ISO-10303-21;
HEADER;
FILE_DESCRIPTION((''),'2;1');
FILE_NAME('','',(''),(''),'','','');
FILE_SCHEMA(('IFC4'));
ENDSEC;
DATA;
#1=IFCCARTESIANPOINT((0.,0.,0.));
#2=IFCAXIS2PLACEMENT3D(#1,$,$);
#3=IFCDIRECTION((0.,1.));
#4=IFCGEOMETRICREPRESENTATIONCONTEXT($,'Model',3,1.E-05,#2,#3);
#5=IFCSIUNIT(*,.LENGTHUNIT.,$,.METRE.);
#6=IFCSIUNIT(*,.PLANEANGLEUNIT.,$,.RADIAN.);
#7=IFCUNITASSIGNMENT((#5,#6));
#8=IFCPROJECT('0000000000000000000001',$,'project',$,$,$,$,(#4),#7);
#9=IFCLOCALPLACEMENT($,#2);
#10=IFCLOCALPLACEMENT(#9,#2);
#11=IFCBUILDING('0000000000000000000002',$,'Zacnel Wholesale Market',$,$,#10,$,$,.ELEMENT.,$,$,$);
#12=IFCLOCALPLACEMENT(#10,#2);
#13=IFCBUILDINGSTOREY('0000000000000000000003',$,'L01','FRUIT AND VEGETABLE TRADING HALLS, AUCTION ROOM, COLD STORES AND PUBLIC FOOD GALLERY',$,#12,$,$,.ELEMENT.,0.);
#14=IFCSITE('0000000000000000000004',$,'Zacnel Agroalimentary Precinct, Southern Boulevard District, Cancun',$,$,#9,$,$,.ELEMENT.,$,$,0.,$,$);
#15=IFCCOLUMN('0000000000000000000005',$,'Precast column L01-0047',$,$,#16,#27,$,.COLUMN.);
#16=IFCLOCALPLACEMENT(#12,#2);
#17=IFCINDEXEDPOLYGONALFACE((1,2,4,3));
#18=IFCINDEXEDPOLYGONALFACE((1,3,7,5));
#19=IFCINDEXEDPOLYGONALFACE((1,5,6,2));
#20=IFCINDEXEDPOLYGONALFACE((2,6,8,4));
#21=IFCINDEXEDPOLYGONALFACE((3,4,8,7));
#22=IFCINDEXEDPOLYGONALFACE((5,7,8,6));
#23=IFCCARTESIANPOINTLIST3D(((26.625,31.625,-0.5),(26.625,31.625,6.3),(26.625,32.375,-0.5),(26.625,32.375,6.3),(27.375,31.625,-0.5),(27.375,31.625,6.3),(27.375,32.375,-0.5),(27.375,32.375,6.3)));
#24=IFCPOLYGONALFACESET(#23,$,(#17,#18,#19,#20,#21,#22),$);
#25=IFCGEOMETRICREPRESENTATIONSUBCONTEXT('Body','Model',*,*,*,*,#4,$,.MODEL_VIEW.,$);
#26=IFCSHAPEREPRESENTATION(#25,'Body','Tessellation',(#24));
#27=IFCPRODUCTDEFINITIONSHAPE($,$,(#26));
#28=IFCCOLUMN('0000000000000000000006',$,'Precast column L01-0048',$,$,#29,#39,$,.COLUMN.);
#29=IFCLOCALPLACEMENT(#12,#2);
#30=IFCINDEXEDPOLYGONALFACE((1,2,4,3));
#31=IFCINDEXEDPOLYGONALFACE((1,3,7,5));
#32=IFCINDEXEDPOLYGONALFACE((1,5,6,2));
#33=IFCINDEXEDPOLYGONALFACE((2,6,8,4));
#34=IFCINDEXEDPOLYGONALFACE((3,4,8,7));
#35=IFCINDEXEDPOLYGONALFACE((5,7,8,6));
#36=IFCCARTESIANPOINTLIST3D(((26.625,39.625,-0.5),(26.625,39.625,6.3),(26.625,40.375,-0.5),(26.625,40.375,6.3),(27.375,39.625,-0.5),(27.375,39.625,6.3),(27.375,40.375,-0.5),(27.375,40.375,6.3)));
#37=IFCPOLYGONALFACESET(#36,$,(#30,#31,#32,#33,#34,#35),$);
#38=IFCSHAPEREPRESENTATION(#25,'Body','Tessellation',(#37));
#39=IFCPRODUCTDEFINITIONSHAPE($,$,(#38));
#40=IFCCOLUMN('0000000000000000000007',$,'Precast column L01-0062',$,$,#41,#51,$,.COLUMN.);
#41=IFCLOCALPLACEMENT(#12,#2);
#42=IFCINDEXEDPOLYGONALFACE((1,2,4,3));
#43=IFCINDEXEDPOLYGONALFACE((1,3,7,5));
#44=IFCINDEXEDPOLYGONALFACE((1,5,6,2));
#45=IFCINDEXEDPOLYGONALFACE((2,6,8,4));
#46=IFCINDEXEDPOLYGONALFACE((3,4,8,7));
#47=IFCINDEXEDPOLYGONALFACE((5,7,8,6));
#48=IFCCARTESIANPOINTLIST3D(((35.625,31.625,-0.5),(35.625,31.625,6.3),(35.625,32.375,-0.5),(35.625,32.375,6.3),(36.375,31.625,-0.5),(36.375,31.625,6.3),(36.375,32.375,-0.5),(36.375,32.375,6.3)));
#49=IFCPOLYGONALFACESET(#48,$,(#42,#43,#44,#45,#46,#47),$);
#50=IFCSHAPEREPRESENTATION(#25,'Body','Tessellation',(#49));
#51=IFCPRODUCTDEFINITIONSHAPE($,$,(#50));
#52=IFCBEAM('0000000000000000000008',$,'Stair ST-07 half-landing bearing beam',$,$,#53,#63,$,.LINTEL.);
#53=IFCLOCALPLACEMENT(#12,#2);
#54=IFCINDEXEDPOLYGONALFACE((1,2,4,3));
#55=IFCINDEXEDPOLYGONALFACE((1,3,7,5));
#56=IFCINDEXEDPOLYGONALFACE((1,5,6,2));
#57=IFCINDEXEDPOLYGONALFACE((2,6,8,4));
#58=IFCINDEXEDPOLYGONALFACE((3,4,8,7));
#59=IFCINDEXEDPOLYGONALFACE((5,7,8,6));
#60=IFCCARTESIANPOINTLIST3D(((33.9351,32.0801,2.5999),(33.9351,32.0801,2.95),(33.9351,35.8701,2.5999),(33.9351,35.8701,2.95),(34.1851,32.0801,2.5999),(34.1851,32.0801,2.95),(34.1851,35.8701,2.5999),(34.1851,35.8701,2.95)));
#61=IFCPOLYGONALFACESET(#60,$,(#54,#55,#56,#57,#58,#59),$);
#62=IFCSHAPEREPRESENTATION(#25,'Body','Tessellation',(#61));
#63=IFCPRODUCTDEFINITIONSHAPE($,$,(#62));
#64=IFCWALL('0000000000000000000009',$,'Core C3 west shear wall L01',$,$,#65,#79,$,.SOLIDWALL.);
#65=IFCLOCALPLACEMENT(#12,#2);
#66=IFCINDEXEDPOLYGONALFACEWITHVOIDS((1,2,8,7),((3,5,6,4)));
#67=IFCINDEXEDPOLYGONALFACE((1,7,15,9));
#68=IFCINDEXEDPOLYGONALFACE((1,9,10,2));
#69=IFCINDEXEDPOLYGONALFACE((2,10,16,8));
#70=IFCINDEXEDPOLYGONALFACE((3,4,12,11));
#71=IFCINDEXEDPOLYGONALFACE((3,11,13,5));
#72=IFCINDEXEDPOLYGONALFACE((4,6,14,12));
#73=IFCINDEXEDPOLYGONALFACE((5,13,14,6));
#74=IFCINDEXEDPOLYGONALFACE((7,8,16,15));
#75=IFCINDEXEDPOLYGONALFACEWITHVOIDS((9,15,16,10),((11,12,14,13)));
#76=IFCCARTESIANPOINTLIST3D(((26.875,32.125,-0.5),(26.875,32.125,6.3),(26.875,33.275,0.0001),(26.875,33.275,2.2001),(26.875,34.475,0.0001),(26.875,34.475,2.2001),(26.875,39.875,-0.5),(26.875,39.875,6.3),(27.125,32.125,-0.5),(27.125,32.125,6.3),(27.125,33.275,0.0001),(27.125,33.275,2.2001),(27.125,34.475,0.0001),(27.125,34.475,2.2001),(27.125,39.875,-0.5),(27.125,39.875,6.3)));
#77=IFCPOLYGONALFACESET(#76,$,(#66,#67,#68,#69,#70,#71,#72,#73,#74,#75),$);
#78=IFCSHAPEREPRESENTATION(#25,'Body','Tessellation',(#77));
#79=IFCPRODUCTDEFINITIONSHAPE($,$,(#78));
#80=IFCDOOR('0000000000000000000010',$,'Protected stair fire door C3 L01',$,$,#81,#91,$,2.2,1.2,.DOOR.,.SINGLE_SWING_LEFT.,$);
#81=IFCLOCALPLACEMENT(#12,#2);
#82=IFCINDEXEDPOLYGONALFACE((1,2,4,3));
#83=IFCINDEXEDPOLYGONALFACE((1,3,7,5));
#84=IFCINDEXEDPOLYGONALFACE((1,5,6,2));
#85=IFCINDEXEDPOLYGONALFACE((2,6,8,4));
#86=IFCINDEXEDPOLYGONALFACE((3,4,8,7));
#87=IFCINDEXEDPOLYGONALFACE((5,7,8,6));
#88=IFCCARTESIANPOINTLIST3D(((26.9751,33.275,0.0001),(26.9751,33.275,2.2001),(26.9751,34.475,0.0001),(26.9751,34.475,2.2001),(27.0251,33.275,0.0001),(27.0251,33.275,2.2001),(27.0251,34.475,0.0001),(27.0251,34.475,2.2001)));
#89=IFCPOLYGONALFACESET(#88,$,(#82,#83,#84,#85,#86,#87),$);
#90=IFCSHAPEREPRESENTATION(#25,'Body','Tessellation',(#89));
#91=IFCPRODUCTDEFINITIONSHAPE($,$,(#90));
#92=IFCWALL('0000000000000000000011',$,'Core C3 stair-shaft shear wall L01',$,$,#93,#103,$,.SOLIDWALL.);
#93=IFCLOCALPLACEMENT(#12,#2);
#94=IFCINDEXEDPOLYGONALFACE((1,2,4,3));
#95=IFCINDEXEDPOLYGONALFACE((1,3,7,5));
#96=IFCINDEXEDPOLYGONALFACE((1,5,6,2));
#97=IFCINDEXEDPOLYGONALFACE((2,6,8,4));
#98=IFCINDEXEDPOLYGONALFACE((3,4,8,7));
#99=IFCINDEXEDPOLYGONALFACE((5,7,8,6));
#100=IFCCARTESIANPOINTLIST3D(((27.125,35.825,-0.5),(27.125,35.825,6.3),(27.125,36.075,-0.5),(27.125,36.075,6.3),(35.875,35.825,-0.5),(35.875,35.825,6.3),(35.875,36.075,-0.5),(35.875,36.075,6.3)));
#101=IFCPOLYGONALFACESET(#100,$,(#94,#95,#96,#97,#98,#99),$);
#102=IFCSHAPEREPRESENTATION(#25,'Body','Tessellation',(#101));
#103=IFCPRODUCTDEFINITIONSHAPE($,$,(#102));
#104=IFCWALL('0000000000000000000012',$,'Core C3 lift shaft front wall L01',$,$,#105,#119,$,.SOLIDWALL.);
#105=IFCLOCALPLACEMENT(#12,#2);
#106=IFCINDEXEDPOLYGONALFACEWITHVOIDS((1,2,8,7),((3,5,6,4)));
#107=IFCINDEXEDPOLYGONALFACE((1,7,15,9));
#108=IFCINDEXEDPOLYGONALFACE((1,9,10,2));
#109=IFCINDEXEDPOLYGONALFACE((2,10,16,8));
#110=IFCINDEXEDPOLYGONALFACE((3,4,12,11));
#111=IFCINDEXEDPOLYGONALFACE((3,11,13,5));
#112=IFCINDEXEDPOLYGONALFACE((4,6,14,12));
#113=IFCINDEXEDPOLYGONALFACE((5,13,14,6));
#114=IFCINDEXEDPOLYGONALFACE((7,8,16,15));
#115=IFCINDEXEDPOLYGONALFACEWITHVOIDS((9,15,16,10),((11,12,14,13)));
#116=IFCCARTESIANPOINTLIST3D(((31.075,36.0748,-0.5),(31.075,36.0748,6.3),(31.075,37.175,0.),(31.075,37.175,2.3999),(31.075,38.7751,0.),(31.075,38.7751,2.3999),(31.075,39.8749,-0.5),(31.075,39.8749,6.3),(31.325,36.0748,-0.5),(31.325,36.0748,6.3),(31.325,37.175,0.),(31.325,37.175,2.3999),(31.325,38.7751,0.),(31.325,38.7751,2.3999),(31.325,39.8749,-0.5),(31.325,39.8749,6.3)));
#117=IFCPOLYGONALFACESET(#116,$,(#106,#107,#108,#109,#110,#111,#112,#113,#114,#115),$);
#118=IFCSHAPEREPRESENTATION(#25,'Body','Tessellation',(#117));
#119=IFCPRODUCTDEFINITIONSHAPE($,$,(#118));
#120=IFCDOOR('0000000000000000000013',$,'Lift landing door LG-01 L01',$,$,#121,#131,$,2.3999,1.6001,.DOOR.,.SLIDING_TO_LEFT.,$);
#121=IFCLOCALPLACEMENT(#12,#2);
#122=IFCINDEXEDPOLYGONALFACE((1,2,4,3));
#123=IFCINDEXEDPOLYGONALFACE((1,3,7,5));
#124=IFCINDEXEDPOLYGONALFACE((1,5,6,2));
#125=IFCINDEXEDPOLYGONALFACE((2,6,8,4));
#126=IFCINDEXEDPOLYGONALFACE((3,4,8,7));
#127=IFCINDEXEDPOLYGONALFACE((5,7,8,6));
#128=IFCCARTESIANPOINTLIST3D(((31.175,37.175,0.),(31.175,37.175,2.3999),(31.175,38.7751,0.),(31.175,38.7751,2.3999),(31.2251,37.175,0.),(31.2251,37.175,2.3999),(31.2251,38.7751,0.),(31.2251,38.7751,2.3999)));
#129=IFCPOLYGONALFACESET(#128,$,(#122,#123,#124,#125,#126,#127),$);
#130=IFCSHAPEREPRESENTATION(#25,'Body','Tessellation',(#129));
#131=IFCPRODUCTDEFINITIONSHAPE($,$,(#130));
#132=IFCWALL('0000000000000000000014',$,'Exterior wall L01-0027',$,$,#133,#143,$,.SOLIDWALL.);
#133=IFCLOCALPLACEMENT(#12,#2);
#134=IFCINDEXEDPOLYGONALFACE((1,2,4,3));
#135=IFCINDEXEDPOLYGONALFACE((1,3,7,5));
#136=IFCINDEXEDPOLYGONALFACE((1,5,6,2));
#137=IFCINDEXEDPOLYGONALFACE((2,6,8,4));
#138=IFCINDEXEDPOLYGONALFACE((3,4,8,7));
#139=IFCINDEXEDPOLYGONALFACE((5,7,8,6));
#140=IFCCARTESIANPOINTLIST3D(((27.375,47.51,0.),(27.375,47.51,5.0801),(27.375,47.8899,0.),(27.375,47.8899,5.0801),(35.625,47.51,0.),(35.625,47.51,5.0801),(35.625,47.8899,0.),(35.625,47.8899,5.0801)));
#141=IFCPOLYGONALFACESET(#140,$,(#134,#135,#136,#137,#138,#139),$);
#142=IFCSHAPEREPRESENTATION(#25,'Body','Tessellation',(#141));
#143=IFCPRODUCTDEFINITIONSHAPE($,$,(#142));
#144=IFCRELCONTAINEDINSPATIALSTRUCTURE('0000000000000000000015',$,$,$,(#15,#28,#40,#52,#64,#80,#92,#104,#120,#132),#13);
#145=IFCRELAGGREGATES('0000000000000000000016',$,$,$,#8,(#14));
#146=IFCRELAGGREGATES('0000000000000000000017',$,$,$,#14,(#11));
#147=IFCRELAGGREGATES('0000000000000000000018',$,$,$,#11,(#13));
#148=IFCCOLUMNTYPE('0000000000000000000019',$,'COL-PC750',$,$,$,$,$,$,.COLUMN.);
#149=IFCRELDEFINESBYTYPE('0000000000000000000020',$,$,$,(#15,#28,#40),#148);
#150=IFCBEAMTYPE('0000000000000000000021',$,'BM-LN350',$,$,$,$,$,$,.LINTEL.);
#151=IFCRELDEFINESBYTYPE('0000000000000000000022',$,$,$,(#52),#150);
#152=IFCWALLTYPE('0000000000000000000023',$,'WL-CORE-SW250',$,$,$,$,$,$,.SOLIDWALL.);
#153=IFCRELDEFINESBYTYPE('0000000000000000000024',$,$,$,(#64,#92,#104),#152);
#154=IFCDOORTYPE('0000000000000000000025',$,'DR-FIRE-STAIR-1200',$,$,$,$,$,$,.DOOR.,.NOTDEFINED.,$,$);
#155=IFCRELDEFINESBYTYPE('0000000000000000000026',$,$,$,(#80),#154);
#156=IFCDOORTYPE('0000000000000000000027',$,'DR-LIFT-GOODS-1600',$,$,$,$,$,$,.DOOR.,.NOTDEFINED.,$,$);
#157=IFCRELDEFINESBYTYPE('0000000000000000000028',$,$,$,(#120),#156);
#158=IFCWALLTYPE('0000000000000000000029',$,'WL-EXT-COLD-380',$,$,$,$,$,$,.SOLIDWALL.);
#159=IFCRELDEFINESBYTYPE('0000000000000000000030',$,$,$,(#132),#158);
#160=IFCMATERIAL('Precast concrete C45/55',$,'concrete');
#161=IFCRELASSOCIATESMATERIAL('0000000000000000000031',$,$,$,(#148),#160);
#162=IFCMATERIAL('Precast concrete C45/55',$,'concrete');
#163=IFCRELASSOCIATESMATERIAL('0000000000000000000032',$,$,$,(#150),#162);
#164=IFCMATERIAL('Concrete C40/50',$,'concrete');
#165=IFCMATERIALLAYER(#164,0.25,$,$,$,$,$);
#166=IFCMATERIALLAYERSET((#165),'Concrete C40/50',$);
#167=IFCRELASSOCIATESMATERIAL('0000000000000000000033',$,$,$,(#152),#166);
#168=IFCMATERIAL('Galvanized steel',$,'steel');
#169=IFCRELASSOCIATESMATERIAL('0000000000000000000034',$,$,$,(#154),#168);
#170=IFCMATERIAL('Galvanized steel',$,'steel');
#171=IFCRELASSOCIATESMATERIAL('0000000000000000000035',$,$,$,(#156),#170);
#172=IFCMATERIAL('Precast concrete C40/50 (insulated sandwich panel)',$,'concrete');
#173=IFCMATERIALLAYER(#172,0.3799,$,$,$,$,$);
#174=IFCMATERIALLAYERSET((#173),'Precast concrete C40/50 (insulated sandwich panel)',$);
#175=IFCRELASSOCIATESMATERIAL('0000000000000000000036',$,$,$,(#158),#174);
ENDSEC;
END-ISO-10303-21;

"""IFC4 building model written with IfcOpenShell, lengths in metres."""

from ifc_helpers import new_model, si_unit, direction, frame, frame_2d, origin, origin_2d, place, context, subcontext, project, spatial, rectangle, extrude, material, layer, layer_set, material_profile, profile_set, type_object, element, fill, save


model = new_model("IFC4")

# Units and contexts
model_context = context("Model", 3, precision=1e-05, world=origin(), true_north=direction((0.0, 1.0)))
body_context = subcontext(model_context, "Body", "Model", "MODEL_VIEW")
ifc_project = project(units=[si_unit("LENGTHUNIT", "METRE"), si_unit("PLANEANGLEUNIT", "RADIAN")], contexts=[model_context])

# Site, building, storey
site_placement = place(None, origin())
site = spatial("IfcSite", under=ifc_project, at=site_placement, Name="Zacnel Agroalimentary Precinct, Southern Boulevard District, Cancun", CompositionType="ELEMENT", RefElevation=0.0)
building_placement = place(site_placement, origin())
building = spatial("IfcBuilding", under=site, at=building_placement, Name="Zacnel Wholesale Market", CompositionType="ELEMENT")
storey_placement = place(building_placement, origin())
storey = spatial("IfcBuildingStorey", under=building, at=storey_placement, Name="L01", Description="FRUIT AND VEGETABLE TRADING HALLS, AUCTION ROOM, COLD STORES AND PUBLIC FOOD GALLERY", CompositionType="ELEMENT", Elevation=0.0)

# Columns
ifc_material_1 = material(Name="Precast concrete C45/55", Category="concrete")
ifc_material_profile_1 = material_profile(ifc_material_1, rectangle(XDim=0.75, YDim=0.75, at=origin_2d()), Name="PC 750x750")
ifc_profile_set_1 = profile_set([ifc_material_profile_1], Name="Precast concrete C45/55")
column_type_1 = type_object("IfcColumnType", Name="COL-PC750", PredefinedType="COLUMN", material=ifc_profile_set_1)
for number, where, z_axis, x_axis, name in (
    (1, (27.0, 32.0, -0.5), (0.0, 0.0, 1.0), (1.0, 0.0, 0.0), "Precast column L01-0047"),
    (2, (27.0, 40.0, -0.5), (0.0, 0.0, 1.0), (1.0, 0.0, 0.0), "Precast column L01-0048"),
    (3, (36.0, 32.0, -0.5), (0.0, 0.0, 1.0), (1.0, 0.0, 0.0), "Precast column L01-0062"),
):
    element("IfcColumn", number, at=place(storey_placement, frame(where, z_axis=z_axis, x_axis=x_axis)), inside=storey, type_object=column_type_1, Name=name, PredefinedType="COLUMN", context=body_context, shape_type="SweptSolid", body=[
        extrude(rectangle(XDim=0.75, YDim=0.75, at=origin_2d()), origin(), (0.0, 0.0, 1.0), 6.8),
    ])

# Beam
ifc_material_2 = material(Name="Precast concrete C45/55", Category="concrete")
ifc_material_profile_2 = material_profile(ifc_material_2, rectangle(XDim=0.25, YDim=0.3501, at=origin_2d()), Name="LN 250x350")
ifc_profile_set_2 = profile_set([ifc_material_profile_2], Name="Precast concrete C45/55")
beam_type = type_object("IfcBeamType", Name="BM-LN350", PredefinedType="LINTEL", material=ifc_profile_set_2)
beam_placement = place(storey_placement, frame((34.0601, 32.0801, 2.7749), z_axis=(0.0, 1.0, 0.0), x_axis=(-1.0, 0.0, 0.0)))
element("IfcBeam", 4, at=beam_placement, inside=storey, type_object=beam_type, Name="Stair ST-07 half-landing bearing beam", PredefinedType="LINTEL", context=body_context, shape_type="SweptSolid", body=[
    extrude(rectangle(XDim=0.25, YDim=0.3501, at=origin_2d()), origin(), (0.0, 0.0, 1.0), 3.79),
])

# Wall, opening, door
ifc_material_3 = material(Name="Concrete C40/50", Category="concrete")
ifc_layer_1 = layer(ifc_material_3, 0.25)
ifc_layer_set_1 = layer_set([ifc_layer_1], Name="Concrete C40/50")
wall_type_1 = type_object("IfcWallType", Name="WL-CORE-SW250", PredefinedType="SOLIDWALL", material=ifc_layer_set_1)
wall_1_placement = place(storey_placement, frame((27.0, 32.125, -0.5), z_axis=(0.0, 0.0, 1.0), x_axis=(0.0, 1.0, 0.0)))
wall_1 = element("IfcWall", 5, at=wall_1_placement, inside=storey, type_object=wall_type_1, Name="Core C3 west shear wall L01", PredefinedType="SOLIDWALL", context=body_context, shape_type="SweptSolid", body=[
    extrude(rectangle(XDim=7.75, YDim=0.25, at=frame_2d((3.875, 0.0))), origin(), (0.0, 0.0, 1.0), 6.8),
])
opening_1_placement = place(wall_1_placement, frame((1.1499, 0.0, 0.5)))
opening_1 = element("IfcOpeningElement", 6, at=opening_1_placement, cuts=wall_1, PredefinedType="OPENING", context=body_context, shape_type="SweptSolid", body=[
    extrude(rectangle(XDim=1.2, YDim=2.2, at=frame_2d((0.6001, 1.1001))), frame((0.0, 0.135, 0.0), z_axis=(0.0, -1.0, 0.0), x_axis=(1.0, 0.0, 0.0)), (0.0, 0.0, 1.0), 0.27),
])
ifc_material_4 = material(Name="Galvanized steel", Category="steel")
door_type_1 = type_object("IfcDoorType", Name="DR-FIRE-STAIR-1200", OperationType="NOTDEFINED", PredefinedType="DOOR", material=ifc_material_4)
door_1_placement = place(opening_1_placement, origin())
door_1 = element("IfcDoor", 7, at=door_1_placement, inside=storey, type_object=door_type_1, Name="Protected stair fire door C3 L01", OperationType="SINGLE_SWING_LEFT", OverallHeight=2.2, OverallWidth=1.2, PredefinedType="DOOR", context=body_context, shape_type="SweptSolid", body=[
    extrude(rectangle(XDim=1.2, YDim=2.2, at=frame_2d((0.6001, 1.1001))), frame((0.0, 0.0249, 0.0), z_axis=(0.0, -1.0, 0.0), x_axis=(1.0, 0.0, 0.0)), (0.0, 0.0, 1.0), 0.05),
])
fill(opening_1, door_1)

# Wall
wall_2_placement = place(storey_placement, frame((27.125, 35.95, -0.5), z_axis=(0.0, 0.0, 1.0), x_axis=(1.0, 0.0, 0.0)))
element("IfcWall", 8, at=wall_2_placement, inside=storey, type_object=wall_type_1, Name="Core C3 stair-shaft shear wall L01", PredefinedType="SOLIDWALL", context=body_context, shape_type="SweptSolid", body=[
    extrude(rectangle(XDim=8.75, YDim=0.25, at=frame_2d((4.375, 0.0))), origin(), (0.0, 0.0, 1.0), 6.8),
])

# Wall, opening, door
wall_3_placement = place(storey_placement, frame((31.2, 36.075, -0.5), z_axis=(0.0, 0.0, 1.0), x_axis=(0.0, 1.0, 0.0)))
wall_3 = element("IfcWall", 9, at=wall_3_placement, inside=storey, type_object=wall_type_1, Name="Core C3 lift shaft front wall L01", PredefinedType="SOLIDWALL", context=body_context, shape_type="SweptSolid", body=[
    extrude(rectangle(XDim=3.8, YDim=0.25, at=frame_2d((1.8999, 0.0))), origin(), (0.0, 0.0, 1.0), 6.8),
])
opening_2_placement = place(wall_3_placement, frame((1.1001, 0.0, 0.5)))
opening_2 = element("IfcOpeningElement", 10, at=opening_2_placement, cuts=wall_3, PredefinedType="OPENING", context=body_context, shape_type="SweptSolid", body=[
    extrude(rectangle(XDim=1.6001, YDim=2.3999, at=frame_2d((0.8, 1.2))), frame((0.0, 0.135, 0.0), z_axis=(0.0, -1.0, 0.0), x_axis=(1.0, 0.0, 0.0)), (0.0, 0.0, 1.0), 0.27),
])
ifc_material_5 = material(Name="Galvanized steel", Category="steel")
door_type_2 = type_object("IfcDoorType", Name="DR-LIFT-GOODS-1600", OperationType="NOTDEFINED", PredefinedType="DOOR", material=ifc_material_5)
door_2_placement = place(opening_2_placement, origin())
door_2 = element("IfcDoor", 11, at=door_2_placement, inside=storey, type_object=door_type_2, Name="Lift landing door LG-01 L01", OperationType="SLIDING_TO_LEFT", OverallHeight=2.3999, OverallWidth=1.6001, PredefinedType="DOOR", context=body_context, shape_type="SweptSolid", body=[
    extrude(rectangle(XDim=1.6001, YDim=2.3999, at=frame_2d((0.8, 1.2))), frame((0.0, 0.0249, 0.0), z_axis=(0.0, -1.0, 0.0), x_axis=(1.0, 0.0, 0.0)), (0.0, 0.0, 1.0), 0.05),
])
fill(opening_2, door_2)

# Wall
ifc_material_6 = material(Name="Precast concrete C40/50 (insulated sandwich panel)", Category="concrete")
ifc_layer_2 = layer(ifc_material_6, 0.3799)
ifc_layer_set_2 = layer_set([ifc_layer_2], Name="Precast concrete C40/50 (insulated sandwich panel)")
wall_type_2 = type_object("IfcWallType", Name="WL-EXT-COLD-380", PredefinedType="SOLIDWALL", material=ifc_layer_set_2)
wall_4_placement = place(storey_placement, frame((27.375, 47.7, 0.0), z_axis=(0.0, 0.0, 1.0), x_axis=(1.0, 0.0, 0.0)))
element("IfcWall", 12, at=wall_4_placement, inside=storey, type_object=wall_type_2, Name="Exterior wall L01-0027", PredefinedType="SOLIDWALL", context=body_context, shape_type="SweptSolid", body=[
    extrude(rectangle(XDim=8.25, YDim=0.3799, at=frame_2d((4.125, 0.0))), origin(), (0.0, 0.0, 1.0), 5.0801),
])

save(model, "model.ifc")
